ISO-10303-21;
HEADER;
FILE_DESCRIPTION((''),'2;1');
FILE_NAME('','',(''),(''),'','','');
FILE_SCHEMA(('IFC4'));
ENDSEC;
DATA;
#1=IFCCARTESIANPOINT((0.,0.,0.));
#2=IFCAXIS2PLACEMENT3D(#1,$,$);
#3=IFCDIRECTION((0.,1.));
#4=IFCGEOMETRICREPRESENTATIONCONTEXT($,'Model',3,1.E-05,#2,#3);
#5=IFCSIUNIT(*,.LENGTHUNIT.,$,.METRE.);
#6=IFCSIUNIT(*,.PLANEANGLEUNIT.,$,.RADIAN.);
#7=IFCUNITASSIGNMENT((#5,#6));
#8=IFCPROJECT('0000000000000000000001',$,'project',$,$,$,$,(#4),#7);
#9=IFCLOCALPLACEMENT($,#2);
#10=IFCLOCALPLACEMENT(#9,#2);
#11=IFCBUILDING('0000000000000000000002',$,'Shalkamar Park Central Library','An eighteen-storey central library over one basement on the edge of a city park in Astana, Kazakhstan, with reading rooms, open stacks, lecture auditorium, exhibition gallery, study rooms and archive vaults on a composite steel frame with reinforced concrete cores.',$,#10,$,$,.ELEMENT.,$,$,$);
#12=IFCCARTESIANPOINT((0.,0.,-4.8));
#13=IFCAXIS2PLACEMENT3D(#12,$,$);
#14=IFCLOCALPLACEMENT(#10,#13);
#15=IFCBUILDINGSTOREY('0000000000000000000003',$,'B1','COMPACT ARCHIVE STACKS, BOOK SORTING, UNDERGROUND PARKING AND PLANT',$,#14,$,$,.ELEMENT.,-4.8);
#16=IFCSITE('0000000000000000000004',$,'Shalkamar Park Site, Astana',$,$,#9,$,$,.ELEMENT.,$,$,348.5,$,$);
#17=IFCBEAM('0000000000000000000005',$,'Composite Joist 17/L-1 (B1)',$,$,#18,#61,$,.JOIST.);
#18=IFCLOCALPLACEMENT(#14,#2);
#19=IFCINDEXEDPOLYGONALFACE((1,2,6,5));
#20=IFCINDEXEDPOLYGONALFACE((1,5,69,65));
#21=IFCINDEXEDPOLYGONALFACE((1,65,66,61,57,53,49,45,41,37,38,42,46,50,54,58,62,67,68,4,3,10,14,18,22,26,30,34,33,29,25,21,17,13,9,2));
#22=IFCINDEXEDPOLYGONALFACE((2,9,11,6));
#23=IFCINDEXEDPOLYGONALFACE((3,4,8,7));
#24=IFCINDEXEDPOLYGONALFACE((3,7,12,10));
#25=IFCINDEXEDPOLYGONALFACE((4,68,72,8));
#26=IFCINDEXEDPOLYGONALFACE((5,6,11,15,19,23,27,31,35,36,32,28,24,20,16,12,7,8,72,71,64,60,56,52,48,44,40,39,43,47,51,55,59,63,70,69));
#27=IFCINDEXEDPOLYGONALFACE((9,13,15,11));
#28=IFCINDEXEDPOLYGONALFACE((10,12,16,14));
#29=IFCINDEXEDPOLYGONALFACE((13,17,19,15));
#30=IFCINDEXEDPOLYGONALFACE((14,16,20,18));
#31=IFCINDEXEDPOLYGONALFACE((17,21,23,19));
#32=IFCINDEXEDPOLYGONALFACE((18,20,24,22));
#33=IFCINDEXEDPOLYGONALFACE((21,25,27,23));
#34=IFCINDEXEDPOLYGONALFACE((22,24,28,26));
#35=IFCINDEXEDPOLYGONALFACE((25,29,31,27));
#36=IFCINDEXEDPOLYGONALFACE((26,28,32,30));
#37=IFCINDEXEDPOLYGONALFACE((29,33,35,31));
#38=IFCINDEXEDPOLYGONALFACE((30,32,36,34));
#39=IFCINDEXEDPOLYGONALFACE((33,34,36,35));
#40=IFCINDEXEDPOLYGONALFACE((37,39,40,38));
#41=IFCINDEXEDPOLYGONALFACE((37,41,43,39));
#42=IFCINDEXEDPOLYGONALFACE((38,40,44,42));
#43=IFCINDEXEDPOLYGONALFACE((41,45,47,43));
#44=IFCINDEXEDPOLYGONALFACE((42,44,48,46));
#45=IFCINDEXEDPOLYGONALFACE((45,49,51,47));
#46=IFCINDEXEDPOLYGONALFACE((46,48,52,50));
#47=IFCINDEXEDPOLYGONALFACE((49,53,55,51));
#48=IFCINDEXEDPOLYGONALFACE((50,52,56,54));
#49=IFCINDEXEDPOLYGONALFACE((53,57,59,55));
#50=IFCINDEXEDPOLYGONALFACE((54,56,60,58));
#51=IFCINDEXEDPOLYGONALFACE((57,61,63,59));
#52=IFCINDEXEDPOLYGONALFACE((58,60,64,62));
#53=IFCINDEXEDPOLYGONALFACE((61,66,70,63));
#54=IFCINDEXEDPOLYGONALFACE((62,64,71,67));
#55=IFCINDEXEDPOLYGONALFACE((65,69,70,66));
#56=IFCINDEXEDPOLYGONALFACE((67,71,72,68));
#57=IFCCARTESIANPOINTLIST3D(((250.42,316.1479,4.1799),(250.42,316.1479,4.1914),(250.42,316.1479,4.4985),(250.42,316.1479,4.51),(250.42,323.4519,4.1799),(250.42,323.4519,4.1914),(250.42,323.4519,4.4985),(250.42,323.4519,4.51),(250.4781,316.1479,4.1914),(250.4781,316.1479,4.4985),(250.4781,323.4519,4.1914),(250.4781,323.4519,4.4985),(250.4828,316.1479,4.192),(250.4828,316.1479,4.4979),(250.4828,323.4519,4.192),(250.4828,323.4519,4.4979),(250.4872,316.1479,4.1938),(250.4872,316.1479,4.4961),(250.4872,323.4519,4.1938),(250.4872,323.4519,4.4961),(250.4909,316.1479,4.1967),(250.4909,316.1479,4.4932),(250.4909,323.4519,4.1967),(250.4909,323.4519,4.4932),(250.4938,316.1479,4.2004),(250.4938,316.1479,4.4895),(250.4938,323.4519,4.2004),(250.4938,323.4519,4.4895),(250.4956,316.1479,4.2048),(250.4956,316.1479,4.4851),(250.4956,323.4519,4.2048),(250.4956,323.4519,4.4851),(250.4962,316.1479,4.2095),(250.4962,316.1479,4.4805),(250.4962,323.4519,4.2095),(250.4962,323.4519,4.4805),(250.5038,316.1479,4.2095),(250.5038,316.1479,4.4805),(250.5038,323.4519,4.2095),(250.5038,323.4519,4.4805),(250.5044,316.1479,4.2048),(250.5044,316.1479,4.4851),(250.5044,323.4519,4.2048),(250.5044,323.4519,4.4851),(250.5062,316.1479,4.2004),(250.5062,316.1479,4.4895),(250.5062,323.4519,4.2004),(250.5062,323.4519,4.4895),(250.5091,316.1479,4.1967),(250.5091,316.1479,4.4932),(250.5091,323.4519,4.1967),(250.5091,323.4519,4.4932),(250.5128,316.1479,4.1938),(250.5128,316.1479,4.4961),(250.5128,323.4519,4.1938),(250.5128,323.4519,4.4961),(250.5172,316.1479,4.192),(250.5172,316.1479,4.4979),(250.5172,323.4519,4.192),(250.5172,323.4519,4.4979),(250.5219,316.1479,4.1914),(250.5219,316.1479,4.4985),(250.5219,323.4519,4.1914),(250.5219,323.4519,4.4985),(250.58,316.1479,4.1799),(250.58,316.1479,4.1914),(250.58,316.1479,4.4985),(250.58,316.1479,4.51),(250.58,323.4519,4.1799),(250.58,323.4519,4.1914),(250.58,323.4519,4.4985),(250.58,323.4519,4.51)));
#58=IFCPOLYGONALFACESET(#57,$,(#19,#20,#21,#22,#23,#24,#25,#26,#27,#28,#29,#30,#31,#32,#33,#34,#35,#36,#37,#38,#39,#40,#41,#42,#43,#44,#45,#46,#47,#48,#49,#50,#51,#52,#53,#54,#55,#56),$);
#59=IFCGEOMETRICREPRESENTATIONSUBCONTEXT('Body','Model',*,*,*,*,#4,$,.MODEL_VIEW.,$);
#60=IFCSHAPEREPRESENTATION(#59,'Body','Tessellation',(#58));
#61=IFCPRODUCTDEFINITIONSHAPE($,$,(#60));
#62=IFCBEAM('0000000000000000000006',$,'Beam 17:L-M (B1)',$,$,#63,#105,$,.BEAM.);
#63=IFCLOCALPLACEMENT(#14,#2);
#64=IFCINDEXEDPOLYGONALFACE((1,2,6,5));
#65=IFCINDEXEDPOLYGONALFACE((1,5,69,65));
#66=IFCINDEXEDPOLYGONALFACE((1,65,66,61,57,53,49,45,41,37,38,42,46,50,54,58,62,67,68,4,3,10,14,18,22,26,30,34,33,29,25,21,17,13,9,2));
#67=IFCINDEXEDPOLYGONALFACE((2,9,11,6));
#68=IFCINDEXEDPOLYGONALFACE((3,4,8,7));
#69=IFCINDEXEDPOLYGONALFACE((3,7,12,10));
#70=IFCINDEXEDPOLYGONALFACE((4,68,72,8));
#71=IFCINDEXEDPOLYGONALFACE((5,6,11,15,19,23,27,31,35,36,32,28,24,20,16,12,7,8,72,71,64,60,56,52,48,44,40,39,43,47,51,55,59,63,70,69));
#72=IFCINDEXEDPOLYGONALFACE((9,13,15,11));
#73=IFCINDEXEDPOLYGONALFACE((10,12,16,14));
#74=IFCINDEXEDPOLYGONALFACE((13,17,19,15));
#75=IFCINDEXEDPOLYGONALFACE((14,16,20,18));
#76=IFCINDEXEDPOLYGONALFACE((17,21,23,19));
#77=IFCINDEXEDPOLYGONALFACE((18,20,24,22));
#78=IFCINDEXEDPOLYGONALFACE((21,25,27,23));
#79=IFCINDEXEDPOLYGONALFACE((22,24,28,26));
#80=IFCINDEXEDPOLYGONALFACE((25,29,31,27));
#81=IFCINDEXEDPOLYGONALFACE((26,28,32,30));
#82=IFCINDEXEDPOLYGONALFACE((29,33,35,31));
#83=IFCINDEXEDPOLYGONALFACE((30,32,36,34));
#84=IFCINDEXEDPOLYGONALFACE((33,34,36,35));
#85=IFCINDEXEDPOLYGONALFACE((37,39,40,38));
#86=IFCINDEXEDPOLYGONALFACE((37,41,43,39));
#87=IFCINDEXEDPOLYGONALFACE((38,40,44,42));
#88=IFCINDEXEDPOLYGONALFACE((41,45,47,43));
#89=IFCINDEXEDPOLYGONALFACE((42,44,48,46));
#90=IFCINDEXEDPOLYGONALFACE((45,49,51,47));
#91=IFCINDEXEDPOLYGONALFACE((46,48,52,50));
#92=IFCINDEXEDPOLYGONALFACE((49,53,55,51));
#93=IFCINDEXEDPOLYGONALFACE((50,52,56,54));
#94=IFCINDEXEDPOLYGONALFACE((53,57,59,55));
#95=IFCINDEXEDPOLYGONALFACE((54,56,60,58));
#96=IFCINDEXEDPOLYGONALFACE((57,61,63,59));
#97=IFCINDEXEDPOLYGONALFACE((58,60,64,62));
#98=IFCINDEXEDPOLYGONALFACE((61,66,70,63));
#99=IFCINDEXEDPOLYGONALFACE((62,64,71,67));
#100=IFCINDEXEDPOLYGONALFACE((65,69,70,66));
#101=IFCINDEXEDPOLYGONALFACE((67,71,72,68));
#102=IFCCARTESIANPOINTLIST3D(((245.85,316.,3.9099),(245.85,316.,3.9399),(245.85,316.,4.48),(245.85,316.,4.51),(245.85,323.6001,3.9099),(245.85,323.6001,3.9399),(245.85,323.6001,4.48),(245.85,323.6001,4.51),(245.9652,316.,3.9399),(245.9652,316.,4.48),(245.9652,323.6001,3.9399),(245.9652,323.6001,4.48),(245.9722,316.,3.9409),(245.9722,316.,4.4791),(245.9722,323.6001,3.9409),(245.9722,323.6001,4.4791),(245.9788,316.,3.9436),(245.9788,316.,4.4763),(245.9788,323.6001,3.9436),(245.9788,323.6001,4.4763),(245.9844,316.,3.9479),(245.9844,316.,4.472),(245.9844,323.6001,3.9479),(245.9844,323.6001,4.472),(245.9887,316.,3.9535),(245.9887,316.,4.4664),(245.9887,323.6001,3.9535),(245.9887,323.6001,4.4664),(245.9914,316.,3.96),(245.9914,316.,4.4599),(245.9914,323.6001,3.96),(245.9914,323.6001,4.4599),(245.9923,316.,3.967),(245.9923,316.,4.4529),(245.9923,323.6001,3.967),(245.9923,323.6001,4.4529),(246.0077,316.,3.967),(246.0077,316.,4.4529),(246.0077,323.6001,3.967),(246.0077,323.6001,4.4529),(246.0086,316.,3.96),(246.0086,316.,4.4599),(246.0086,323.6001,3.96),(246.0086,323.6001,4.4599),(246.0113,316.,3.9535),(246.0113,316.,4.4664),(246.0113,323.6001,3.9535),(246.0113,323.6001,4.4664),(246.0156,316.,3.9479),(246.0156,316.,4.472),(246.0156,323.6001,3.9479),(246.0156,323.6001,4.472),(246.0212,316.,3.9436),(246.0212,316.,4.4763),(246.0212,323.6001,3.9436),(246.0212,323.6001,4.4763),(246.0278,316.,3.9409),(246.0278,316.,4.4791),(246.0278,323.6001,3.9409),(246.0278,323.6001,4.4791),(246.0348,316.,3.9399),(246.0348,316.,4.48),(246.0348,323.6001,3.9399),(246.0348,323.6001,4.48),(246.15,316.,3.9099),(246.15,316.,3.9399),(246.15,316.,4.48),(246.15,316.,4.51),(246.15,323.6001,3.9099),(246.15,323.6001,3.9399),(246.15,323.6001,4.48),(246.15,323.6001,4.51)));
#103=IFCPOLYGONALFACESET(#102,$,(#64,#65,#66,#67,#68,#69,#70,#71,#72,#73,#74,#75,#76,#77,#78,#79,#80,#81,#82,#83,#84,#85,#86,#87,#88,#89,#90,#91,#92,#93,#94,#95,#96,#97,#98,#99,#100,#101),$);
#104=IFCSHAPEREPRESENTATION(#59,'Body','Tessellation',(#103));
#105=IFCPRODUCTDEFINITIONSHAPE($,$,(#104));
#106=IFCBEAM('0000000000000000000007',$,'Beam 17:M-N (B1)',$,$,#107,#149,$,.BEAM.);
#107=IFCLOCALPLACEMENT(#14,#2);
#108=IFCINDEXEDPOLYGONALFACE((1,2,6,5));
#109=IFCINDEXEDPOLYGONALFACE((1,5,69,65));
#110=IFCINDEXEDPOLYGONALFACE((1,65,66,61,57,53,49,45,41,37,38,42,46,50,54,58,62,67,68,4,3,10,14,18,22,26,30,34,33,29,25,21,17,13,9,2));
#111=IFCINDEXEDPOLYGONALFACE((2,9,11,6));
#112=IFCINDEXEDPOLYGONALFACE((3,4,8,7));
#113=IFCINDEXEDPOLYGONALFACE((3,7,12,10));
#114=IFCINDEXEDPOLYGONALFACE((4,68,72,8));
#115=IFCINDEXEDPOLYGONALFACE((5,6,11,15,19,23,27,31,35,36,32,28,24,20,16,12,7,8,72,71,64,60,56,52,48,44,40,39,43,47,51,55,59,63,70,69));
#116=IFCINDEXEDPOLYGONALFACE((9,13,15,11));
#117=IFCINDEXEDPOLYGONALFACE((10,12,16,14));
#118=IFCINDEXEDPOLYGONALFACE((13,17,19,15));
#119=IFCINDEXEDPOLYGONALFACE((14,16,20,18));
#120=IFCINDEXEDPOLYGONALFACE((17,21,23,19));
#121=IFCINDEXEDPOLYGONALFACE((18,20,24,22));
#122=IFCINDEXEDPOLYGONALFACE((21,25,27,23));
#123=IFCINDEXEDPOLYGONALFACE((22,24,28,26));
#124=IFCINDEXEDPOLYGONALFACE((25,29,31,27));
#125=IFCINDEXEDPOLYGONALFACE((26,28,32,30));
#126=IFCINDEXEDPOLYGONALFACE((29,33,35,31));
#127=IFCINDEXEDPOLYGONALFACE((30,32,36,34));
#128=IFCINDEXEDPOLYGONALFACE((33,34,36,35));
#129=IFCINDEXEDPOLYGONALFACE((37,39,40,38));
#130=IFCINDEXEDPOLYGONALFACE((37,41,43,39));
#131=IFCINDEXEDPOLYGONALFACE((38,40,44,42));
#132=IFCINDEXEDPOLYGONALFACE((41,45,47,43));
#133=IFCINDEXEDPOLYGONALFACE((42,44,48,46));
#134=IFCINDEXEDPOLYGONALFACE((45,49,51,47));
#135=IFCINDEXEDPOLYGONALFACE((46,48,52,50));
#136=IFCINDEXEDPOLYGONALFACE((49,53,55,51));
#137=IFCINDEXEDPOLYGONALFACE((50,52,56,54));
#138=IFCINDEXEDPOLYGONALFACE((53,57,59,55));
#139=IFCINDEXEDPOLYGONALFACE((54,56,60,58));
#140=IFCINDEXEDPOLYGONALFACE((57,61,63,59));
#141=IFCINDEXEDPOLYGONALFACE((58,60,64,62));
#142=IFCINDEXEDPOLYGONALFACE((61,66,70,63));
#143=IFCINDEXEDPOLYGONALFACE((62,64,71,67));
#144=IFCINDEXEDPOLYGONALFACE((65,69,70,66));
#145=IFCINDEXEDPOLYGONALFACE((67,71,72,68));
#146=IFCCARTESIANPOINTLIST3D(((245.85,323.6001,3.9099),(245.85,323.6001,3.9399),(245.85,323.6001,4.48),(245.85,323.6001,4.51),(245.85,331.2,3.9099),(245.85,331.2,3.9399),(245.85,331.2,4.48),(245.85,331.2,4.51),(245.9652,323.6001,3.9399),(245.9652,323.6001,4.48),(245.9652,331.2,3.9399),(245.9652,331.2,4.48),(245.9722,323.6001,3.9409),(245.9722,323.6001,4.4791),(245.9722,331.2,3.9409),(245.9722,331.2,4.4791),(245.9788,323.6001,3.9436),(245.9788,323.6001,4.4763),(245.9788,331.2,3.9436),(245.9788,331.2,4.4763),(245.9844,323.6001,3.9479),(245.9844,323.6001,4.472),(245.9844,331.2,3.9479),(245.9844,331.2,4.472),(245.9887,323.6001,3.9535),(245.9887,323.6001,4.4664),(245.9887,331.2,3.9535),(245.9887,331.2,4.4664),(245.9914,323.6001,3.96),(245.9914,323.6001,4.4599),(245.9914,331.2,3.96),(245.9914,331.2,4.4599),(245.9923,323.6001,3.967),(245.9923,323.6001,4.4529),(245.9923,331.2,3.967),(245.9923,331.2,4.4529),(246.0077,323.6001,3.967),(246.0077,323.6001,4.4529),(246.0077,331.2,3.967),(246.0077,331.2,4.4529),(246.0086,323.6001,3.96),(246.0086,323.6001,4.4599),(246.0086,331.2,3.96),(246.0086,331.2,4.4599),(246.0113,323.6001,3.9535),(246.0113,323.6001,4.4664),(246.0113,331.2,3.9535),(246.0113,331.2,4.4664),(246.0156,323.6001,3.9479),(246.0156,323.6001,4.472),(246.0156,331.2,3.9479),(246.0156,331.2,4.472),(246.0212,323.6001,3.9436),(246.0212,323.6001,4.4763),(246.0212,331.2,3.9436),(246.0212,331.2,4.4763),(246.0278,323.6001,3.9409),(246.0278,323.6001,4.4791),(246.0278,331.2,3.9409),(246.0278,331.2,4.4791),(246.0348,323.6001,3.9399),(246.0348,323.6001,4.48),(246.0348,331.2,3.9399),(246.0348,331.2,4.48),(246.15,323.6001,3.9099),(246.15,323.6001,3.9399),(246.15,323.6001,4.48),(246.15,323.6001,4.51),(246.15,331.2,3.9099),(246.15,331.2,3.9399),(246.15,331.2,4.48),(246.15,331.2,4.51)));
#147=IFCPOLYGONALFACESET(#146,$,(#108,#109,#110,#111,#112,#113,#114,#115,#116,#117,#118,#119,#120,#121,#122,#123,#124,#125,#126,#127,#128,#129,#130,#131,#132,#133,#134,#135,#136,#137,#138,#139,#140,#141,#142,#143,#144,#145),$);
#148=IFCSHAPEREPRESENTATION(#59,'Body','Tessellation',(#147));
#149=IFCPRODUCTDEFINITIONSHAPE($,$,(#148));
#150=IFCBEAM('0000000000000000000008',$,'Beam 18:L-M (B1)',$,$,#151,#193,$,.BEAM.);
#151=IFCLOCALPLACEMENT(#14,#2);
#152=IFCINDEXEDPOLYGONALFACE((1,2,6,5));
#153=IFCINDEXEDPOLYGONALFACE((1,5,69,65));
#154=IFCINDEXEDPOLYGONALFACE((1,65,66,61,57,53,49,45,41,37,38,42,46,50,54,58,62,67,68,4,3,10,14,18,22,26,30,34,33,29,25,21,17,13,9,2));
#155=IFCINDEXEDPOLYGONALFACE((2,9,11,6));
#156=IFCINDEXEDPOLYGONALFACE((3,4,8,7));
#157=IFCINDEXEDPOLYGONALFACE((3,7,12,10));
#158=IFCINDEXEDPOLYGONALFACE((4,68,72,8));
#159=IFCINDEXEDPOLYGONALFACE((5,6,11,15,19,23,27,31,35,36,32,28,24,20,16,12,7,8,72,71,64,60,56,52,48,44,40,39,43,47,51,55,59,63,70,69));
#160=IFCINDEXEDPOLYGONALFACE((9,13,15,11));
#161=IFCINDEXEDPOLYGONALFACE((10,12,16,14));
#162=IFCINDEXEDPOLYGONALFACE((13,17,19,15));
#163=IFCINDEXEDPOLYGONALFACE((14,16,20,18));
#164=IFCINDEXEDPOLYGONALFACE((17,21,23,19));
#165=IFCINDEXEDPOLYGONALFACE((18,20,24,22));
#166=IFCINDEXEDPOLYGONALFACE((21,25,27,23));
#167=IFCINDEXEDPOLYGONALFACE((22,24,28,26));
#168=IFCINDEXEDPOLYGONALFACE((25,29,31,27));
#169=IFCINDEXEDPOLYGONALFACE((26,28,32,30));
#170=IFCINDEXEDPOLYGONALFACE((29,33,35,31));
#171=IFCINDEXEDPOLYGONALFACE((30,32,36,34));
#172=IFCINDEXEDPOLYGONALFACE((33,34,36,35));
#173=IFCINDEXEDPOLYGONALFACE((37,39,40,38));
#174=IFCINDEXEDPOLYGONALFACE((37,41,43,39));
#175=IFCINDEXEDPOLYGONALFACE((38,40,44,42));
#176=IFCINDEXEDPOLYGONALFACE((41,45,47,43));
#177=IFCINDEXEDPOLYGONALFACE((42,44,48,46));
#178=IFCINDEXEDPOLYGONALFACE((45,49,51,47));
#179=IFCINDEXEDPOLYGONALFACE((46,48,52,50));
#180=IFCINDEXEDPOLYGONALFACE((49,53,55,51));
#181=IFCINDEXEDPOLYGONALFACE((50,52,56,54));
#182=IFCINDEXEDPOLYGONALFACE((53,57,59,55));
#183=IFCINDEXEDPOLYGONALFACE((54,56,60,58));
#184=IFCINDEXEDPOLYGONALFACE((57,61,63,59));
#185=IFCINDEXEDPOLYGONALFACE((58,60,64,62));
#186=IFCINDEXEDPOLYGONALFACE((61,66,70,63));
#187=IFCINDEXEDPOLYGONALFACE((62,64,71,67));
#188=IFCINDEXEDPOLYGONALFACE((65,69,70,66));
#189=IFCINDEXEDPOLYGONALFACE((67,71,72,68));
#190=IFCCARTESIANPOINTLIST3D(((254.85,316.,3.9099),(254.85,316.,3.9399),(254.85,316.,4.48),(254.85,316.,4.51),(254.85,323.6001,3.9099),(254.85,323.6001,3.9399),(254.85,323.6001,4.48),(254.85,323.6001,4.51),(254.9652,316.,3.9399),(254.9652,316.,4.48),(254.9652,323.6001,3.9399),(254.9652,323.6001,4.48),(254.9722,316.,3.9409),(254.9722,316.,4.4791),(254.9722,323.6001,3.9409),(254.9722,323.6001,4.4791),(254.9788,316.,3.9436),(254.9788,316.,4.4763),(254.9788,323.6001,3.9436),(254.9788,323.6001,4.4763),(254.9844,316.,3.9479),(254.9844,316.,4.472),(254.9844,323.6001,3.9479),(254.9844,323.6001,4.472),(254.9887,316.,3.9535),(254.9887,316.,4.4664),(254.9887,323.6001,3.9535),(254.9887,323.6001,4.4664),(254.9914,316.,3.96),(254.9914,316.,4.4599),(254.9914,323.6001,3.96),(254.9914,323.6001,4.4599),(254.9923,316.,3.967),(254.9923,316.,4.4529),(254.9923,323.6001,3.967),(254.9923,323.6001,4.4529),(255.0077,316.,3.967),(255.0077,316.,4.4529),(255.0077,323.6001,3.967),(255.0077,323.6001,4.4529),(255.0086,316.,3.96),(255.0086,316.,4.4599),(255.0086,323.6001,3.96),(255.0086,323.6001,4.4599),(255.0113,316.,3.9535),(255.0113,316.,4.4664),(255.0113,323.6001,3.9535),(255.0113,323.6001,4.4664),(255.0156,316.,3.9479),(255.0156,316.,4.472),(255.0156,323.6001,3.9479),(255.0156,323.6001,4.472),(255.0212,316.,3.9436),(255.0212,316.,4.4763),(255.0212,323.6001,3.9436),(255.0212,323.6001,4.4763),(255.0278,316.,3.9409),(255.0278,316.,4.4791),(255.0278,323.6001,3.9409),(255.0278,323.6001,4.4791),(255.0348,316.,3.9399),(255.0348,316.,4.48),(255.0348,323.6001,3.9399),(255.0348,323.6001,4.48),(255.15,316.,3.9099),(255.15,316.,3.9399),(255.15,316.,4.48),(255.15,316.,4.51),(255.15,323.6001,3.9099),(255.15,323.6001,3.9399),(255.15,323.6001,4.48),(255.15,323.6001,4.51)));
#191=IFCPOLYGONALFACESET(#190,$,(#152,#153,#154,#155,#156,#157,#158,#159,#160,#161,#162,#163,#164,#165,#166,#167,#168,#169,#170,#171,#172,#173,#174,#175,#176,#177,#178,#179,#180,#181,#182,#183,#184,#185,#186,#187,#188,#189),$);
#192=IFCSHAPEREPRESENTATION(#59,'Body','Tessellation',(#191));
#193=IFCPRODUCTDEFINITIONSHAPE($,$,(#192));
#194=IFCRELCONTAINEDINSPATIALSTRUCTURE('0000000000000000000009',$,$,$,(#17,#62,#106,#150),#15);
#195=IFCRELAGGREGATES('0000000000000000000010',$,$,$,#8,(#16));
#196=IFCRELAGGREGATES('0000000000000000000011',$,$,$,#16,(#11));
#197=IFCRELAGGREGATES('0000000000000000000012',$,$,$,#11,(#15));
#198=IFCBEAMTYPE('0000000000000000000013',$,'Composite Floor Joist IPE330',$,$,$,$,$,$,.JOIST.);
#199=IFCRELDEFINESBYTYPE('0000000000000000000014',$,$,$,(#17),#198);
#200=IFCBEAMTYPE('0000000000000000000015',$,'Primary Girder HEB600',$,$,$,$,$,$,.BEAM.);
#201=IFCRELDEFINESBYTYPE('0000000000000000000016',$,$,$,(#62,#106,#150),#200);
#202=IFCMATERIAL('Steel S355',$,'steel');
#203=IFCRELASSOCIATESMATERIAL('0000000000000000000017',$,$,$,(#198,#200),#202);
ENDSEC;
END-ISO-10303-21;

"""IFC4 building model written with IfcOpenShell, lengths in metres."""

from ifc_helpers import new_model, si_unit, direction, frame, origin, origin_2d, place, context, subcontext, project, spatial, i_section, extrude, material, material_profile, profile_set, type_object, element, save


model = new_model("IFC4")

# Units and contexts
model_context = context("Model", 3, precision=1e-05, world=origin(), true_north=direction((0.0, 1.0)))
body_context = subcontext(model_context, "Body", "Model", "MODEL_VIEW")
ifc_project = project(units=[si_unit("LENGTHUNIT", "METRE"), si_unit("PLANEANGLEUNIT", "RADIAN")], contexts=[model_context])

# Site, building, storey
site_placement = place(None, origin())
site = spatial("IfcSite", under=ifc_project, at=site_placement, Name="Shalkamar Park Site, Astana", CompositionType="ELEMENT", RefElevation=348.5)
building_placement = place(site_placement, origin())
building = spatial("IfcBuilding", under=site, at=building_placement, Name="Shalkamar Park Central Library", Description="An eighteen-storey central library over one basement on the edge of a city park in Astana, Kazakhstan, with reading rooms, open stacks, lecture auditorium, exhibition gallery, study rooms and archive vaults on a composite steel frame with reinforced concrete cores.", CompositionType="ELEMENT")
storey_placement = place(building_placement, frame((0.0, 0.0, -4.8)))
storey = spatial("IfcBuildingStorey", under=building, at=storey_placement, Name="B1", Description="COMPACT ARCHIVE STACKS, BOOK SORTING, UNDERGROUND PARKING AND PLANT", CompositionType="ELEMENT", Elevation=-4.8)

# Shared definitions
ifc_material_1 = material(Name="Steel S355", Category="steel")

# Beams
ifc_material_profile_1 = material_profile(ifc_material_1, i_section(OverallWidth=0.1599, OverallDepth=0.3301, WebThickness=0.0076, FlangeThickness=0.0115, FilletRadius=0.0181, at=origin_2d()), Name="IPE 330")
ifc_profile_set_1 = profile_set([ifc_material_profile_1], Name="Steel S355")
beam_type_1 = type_object("IfcBeamType", Name="Composite Floor Joist IPE330", PredefinedType="JOIST", material=ifc_profile_set_1)
for number, where, z_axis, x_axis, name in (
    (1, (250.5, 316.1479, 4.345), (0.0, 1.0, 0.0), (-1.0, 0.0, 0.0), "Composite Joist 17/L-1 (B1)"),
):
    element("IfcBeam", number, at=place(storey_placement, frame(where, z_axis=z_axis, x_axis=x_axis)), inside=storey, type_object=beam_type_1, Name=name, PredefinedType="JOIST", context=body_context, shape_type="SweptSolid", body=[
        extrude(i_section(OverallWidth=0.1599, OverallDepth=0.3301, WebThickness=0.0076, FlangeThickness=0.0115, FilletRadius=0.0181, at=origin_2d()), origin(), (0.0, 0.0, 1.0), 7.304),
    ])
ifc_material_profile_2 = material_profile(ifc_material_1, i_section(OverallWidth=0.3, OverallDepth=0.6001, WebThickness=0.0154, FlangeThickness=0.03, FilletRadius=0.0271, at=origin_2d()), Name="HEB 600")
ifc_profile_set_2 = profile_set([ifc_material_profile_2], Name="Steel S355")
beam_type_2 = type_object("IfcBeamType", Name="Primary Girder HEB600", PredefinedType="BEAM", material=ifc_profile_set_2)
beam_1_placement = place(storey_placement, frame((246.0, 316.0, 4.21), z_axis=(0.0, 1.0, 0.0), x_axis=(-1.0, 0.0, 0.0)))
element("IfcBeam", 2, at=beam_1_placement, inside=storey, type_object=beam_type_2, Name="Beam 17:L-M (B1)", PredefinedType="BEAM", context=body_context, shape_type="SweptSolid", body=[
    extrude(i_section(OverallWidth=0.3, OverallDepth=0.6001, WebThickness=0.0154, FlangeThickness=0.03, FilletRadius=0.0271, at=origin_2d()), origin(), (0.0, 0.0, 1.0), 7.6001),
])
beam_2_placement = place(storey_placement, frame((246.0, 323.6001, 4.21), z_axis=(0.0, 1.0, 0.0), x_axis=(-1.0, 0.0, 0.0)))
element("IfcBeam", 3, at=beam_2_placement, inside=storey, type_object=beam_type_2, Name="Beam 17:M-N (B1)", PredefinedType="BEAM", context=body_context, shape_type="SweptSolid", body=[
    extrude(i_section(OverallWidth=0.3, OverallDepth=0.6001, WebThickness=0.0154, FlangeThickness=0.03, FilletRadius=0.0271, at=origin_2d()), origin(), (0.0, 0.0, 1.0), 7.5999),
])
beam_3_placement = place(storey_placement, frame((255.0, 316.0, 4.21), z_axis=(0.0, 1.0, 0.0), x_axis=(-1.0, 0.0, 0.0)))
element("IfcBeam", 4, at=beam_3_placement, inside=storey, type_object=beam_type_2, Name="Beam 18:L-M (B1)", PredefinedType="BEAM", context=body_context, shape_type="SweptSolid", body=[
    extrude(i_section(OverallWidth=0.3, OverallDepth=0.6001, WebThickness=0.0154, FlangeThickness=0.03, FilletRadius=0.0271, at=origin_2d()), origin(), (0.0, 0.0, 1.0), 7.6001),
])

save(model, "model.ifc")
